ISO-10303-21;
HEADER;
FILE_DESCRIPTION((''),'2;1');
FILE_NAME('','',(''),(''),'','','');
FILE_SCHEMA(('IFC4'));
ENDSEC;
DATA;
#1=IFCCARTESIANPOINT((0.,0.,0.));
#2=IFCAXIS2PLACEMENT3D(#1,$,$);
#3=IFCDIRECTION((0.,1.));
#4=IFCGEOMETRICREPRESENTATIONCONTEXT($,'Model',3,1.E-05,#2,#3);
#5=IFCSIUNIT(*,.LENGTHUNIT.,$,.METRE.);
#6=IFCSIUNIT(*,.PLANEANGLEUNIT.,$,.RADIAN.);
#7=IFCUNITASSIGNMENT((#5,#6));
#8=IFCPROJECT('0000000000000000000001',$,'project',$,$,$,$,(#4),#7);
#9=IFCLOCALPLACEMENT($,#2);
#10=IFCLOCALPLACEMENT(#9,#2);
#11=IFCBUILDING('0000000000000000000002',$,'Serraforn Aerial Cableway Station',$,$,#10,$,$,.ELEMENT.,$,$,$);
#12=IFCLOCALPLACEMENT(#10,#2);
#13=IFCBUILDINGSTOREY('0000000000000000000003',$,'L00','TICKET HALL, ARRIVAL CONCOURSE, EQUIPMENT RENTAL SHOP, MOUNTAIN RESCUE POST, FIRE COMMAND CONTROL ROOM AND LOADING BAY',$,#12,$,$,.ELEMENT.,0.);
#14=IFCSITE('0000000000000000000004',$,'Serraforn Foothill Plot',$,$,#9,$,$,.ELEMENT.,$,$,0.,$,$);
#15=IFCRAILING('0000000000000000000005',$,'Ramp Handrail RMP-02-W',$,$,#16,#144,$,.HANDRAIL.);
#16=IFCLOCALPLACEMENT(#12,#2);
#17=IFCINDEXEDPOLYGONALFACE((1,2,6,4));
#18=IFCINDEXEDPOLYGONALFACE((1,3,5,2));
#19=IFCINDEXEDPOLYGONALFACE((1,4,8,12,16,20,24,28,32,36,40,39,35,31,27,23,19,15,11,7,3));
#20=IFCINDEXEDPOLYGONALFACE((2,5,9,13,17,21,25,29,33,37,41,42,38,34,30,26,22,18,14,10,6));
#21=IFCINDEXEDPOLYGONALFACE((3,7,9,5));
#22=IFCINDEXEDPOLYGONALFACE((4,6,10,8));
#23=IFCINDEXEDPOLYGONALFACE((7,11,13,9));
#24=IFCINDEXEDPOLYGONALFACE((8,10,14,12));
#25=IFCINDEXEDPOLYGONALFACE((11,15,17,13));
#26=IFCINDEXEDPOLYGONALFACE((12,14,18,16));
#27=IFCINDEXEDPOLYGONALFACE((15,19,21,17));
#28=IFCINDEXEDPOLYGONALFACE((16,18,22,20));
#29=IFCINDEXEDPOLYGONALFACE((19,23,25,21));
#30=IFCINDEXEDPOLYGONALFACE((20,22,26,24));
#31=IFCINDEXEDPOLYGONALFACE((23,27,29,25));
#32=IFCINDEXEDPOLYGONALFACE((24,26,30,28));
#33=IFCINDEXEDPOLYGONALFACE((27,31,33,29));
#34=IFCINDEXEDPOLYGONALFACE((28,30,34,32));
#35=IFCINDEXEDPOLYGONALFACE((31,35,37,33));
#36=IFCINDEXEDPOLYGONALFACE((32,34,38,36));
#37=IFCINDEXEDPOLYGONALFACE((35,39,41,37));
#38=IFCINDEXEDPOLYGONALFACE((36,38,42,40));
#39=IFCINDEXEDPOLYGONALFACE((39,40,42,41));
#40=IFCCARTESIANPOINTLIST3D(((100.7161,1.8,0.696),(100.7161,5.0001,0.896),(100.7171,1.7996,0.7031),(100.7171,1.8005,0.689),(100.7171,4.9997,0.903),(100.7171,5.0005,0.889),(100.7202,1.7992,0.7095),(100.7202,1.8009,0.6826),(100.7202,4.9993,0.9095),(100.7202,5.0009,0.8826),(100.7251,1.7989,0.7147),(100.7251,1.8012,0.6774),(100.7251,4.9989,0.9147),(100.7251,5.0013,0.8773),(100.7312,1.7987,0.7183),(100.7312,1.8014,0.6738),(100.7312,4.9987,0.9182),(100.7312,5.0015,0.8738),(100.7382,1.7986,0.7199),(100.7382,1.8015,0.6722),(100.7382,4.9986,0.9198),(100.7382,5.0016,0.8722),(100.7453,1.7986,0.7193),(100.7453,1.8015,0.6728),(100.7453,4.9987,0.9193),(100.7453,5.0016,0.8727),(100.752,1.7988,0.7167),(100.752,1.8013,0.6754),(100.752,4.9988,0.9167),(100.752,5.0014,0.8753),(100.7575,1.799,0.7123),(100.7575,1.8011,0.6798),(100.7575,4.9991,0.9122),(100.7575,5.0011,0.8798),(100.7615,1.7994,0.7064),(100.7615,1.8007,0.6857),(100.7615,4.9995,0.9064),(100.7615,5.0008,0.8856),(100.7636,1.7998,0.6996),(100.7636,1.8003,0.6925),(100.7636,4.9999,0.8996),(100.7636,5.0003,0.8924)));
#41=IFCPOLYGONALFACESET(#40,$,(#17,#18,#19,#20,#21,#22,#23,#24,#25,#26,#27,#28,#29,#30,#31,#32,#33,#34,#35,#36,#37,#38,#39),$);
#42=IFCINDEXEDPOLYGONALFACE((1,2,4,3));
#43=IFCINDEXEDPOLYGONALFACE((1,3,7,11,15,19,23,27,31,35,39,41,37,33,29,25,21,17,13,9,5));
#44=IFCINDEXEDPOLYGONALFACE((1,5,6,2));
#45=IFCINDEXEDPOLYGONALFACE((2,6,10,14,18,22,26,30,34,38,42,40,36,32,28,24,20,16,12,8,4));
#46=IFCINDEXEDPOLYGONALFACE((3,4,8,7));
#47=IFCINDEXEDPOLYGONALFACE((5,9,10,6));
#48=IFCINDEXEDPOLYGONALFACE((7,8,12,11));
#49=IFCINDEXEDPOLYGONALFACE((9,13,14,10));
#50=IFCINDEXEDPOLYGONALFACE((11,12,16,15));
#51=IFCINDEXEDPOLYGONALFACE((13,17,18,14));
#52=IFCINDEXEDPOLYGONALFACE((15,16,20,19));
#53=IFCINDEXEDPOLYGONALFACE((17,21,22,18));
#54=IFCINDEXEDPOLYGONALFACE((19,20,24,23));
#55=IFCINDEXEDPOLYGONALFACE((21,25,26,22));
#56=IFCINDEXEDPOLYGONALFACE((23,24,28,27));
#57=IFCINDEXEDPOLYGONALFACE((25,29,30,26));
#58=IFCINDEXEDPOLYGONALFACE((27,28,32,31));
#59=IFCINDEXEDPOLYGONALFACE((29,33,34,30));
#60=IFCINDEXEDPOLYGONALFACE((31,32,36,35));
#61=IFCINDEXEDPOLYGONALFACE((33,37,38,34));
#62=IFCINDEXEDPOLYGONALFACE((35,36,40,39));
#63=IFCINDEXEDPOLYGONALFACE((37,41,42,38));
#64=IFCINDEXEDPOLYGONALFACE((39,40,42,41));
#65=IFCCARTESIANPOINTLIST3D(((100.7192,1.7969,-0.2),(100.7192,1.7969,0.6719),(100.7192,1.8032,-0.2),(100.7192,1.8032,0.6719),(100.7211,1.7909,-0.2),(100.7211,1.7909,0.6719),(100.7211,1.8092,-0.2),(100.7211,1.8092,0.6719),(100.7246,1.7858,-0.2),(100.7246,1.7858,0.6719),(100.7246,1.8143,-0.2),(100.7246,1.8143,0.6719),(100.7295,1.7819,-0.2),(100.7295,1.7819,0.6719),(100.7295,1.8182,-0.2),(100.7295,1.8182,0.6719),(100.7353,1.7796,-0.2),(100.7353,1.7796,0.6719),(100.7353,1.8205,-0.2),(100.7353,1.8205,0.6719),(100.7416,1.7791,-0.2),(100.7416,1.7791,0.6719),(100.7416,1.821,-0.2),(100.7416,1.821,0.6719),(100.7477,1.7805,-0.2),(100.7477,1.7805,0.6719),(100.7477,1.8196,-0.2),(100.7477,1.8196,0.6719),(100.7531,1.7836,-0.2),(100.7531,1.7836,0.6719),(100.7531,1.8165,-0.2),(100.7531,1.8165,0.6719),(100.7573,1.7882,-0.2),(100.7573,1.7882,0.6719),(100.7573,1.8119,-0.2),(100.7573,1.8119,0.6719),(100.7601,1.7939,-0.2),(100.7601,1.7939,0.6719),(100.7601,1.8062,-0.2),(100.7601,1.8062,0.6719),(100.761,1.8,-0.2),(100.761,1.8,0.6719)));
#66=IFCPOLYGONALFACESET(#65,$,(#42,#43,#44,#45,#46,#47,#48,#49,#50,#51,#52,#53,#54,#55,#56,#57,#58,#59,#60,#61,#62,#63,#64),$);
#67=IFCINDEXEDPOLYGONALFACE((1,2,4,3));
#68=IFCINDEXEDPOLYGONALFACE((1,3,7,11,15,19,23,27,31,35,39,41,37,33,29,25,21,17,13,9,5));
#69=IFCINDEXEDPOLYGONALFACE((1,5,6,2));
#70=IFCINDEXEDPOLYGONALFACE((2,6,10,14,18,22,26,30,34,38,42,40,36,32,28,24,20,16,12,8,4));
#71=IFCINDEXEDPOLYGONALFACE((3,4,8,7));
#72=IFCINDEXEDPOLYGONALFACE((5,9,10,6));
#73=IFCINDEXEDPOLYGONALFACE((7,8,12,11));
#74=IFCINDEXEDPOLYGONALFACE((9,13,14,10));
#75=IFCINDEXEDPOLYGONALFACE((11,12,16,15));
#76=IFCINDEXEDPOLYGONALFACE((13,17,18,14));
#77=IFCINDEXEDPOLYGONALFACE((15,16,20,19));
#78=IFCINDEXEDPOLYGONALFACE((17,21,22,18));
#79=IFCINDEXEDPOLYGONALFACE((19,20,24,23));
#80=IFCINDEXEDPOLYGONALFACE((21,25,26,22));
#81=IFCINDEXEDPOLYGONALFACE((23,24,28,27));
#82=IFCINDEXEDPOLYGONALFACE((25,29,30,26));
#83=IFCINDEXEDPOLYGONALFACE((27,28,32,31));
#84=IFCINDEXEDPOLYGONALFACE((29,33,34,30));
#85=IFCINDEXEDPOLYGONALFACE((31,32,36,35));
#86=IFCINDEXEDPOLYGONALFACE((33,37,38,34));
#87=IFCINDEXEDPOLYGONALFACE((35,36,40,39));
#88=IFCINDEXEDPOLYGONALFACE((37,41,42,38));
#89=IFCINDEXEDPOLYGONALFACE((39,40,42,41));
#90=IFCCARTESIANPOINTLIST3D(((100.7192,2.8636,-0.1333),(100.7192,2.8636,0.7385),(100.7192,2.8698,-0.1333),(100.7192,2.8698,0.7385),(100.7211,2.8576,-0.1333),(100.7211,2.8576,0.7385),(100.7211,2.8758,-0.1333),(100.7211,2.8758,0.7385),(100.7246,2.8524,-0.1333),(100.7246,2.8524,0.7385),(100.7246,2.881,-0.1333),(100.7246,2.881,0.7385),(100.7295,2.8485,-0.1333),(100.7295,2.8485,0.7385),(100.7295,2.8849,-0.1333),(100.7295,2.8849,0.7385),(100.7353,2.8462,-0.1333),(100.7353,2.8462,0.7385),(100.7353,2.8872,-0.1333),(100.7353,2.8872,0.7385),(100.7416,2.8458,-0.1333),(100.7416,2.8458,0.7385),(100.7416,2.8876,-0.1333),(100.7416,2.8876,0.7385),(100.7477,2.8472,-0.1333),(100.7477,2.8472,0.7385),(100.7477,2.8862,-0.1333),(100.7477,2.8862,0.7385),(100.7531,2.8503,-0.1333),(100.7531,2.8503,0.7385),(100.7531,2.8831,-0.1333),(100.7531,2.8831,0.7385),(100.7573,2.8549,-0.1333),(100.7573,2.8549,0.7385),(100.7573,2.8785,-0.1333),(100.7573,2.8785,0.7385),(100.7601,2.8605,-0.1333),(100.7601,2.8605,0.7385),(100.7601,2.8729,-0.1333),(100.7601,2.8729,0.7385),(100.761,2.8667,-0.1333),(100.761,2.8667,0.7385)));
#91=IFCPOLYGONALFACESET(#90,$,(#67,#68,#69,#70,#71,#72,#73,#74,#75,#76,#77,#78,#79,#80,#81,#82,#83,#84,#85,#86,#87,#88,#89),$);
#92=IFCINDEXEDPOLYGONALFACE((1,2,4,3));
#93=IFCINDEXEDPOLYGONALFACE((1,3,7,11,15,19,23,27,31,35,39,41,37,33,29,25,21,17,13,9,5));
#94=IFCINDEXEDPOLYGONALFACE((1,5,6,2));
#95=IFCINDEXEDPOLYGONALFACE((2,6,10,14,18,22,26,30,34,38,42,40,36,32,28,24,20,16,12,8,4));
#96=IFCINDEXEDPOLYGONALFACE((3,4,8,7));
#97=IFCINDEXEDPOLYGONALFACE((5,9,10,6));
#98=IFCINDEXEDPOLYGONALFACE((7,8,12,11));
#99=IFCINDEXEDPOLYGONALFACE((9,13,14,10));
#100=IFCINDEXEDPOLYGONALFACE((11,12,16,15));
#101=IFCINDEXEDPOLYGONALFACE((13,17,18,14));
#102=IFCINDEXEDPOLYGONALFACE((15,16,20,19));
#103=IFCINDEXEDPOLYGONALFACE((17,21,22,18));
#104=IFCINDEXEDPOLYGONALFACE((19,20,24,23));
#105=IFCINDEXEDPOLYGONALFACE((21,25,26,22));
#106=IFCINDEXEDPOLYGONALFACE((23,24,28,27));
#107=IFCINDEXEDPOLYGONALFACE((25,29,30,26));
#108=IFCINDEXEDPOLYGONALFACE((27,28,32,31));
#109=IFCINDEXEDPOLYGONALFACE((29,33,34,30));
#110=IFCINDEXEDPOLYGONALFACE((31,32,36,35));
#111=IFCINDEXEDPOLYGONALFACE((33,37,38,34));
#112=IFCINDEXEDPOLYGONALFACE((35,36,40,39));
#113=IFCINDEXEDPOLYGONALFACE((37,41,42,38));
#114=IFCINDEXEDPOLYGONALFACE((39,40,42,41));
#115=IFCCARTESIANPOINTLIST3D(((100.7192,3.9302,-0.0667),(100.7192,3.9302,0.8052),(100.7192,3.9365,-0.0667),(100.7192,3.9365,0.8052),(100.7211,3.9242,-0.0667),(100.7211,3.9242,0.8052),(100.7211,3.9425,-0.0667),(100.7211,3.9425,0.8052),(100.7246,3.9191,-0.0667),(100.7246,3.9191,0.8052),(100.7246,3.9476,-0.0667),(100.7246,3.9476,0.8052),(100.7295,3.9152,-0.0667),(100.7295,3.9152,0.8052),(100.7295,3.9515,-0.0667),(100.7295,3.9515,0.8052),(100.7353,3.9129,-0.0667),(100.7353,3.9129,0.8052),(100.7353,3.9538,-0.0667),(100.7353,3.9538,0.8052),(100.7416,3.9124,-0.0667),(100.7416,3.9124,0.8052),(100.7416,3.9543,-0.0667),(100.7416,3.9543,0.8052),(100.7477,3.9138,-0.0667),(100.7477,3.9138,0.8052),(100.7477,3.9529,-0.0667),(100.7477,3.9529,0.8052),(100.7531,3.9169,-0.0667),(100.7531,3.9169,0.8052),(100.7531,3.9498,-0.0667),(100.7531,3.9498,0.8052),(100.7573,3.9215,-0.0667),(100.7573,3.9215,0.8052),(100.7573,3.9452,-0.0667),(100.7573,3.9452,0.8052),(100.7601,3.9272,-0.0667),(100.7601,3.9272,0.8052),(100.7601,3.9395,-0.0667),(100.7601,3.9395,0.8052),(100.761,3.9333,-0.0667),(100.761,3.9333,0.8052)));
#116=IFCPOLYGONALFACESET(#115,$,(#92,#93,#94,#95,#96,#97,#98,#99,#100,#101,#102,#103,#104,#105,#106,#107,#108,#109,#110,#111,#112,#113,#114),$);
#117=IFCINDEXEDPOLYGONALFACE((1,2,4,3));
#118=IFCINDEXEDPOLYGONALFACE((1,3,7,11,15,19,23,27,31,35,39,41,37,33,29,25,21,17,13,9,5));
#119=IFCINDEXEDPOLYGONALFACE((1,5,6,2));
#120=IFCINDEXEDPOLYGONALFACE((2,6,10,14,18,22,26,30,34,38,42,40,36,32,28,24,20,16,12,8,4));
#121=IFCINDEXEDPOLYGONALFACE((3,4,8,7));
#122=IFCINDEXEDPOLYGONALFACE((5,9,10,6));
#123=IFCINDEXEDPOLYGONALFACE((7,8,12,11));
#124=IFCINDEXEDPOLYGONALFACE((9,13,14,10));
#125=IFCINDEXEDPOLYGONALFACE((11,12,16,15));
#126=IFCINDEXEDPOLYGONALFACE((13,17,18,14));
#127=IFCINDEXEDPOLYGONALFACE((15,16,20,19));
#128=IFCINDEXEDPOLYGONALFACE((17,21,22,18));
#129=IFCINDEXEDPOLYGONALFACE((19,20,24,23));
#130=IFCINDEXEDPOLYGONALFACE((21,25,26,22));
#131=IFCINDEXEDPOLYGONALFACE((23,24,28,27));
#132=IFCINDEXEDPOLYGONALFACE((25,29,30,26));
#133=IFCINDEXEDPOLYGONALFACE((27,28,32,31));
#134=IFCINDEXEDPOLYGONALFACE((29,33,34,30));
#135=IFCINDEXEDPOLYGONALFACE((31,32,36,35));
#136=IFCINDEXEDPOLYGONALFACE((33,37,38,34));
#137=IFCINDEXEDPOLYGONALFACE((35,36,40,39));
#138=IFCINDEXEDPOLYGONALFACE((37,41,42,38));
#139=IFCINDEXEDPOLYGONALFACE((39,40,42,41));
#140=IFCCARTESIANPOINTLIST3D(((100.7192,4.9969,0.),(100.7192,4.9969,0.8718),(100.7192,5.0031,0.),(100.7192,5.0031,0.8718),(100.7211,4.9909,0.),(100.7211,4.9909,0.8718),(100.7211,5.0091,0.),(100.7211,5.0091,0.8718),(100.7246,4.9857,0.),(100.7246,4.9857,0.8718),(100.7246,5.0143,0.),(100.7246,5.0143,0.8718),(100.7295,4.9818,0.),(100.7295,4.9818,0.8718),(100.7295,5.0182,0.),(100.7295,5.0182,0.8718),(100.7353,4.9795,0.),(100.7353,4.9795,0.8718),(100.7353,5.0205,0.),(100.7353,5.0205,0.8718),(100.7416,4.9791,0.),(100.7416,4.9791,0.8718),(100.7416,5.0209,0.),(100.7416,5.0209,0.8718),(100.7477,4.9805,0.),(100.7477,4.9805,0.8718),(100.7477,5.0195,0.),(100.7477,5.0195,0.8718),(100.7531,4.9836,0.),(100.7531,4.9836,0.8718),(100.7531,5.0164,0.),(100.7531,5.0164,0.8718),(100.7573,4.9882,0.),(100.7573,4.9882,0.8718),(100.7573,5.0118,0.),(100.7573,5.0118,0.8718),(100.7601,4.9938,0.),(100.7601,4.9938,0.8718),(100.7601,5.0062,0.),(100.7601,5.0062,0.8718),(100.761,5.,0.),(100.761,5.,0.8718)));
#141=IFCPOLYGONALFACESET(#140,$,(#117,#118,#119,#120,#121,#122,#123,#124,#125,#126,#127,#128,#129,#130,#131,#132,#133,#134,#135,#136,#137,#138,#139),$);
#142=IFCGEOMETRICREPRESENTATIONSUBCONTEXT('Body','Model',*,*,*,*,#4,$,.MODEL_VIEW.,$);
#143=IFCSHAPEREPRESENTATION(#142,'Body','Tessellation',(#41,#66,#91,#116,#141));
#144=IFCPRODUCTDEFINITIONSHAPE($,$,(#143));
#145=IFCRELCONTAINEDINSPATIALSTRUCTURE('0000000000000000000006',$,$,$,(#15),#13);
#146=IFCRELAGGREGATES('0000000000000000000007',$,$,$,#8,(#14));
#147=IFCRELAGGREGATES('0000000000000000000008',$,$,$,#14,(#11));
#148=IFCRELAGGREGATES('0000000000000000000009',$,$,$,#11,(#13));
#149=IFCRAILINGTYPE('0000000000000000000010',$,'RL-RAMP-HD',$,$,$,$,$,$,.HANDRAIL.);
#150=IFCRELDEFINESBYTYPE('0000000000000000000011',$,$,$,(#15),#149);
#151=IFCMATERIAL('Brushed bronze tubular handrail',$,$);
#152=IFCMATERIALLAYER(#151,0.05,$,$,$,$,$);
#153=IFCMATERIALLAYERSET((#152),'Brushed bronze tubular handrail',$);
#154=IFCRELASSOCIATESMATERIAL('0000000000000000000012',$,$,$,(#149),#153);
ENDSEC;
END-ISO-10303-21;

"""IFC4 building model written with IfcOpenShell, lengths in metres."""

from ifc_helpers import new_model, si_unit, direction, frame, origin, origin_2d, place, context, subcontext, project, spatial, circle, extrude, material, layer, layer_set, type_object, element, save


model = new_model("IFC4")

# Units and contexts
model_context = context("Model", 3, precision=1e-05, world=origin(), true_north=direction((0.0, 1.0)))
body_context = subcontext(model_context, "Body", "Model", "MODEL_VIEW")
ifc_project = project(units=[si_unit("LENGTHUNIT", "METRE"), si_unit("PLANEANGLEUNIT", "RADIAN")], contexts=[model_context])

# Site, building, storey
site_placement = place(None, origin())
site = spatial("IfcSite", under=ifc_project, at=site_placement, Name="Serraforn Foothill Plot", CompositionType="ELEMENT", RefElevation=0.0)
building_placement = place(site_placement, origin())
building = spatial("IfcBuilding", under=site, at=building_placement, Name="Serraforn Aerial Cableway Station", CompositionType="ELEMENT")
storey_placement = place(building_placement, origin())
storey = spatial("IfcBuildingStorey", under=building, at=storey_placement, Name="L00", Description="TICKET HALL, ARRIVAL CONCOURSE, EQUIPMENT RENTAL SHOP, MOUNTAIN RESCUE POST, FIRE COMMAND CONTROL ROOM AND LOADING BAY", CompositionType="ELEMENT", Elevation=0.0)

# Railing
ifc_material_1 = material(Name="Brushed bronze tubular handrail")
ifc_layer = layer(ifc_material_1, 0.05)
ifc_layer_set = layer_set([ifc_layer], Name="Brushed bronze tubular handrail")
railing_type = type_object("IfcRailingType", Name="RL-RAMP-HD", PredefinedType="HANDRAIL", material=ifc_layer_set)
for number, where, name in (
    (1, (100.74, 1.8, -0.2), "Ramp Handrail RMP-02-W"),
):
    element("IfcRailing", number, at=place(storey_placement, frame(where)), inside=storey, type_object=railing_type, Name=name, PredefinedType="HANDRAIL", context=body_context, shape_type="SweptSolid", body=[
        extrude(circle(Radius=0.0239, at=origin_2d()), frame((0.0, 0.0, 0.896), z_axis=(0.0, 0.998053, 0.062364), x_axis=(-1.0, 0.0, 0.0)), (0.0, 0.0, 1.0), 3.2063),
        extrude(circle(Radius=0.021, at=origin_2d()), origin(), (0.0, 0.0, 1.0), 0.8718),
        extrude(circle(Radius=0.021, at=origin_2d()), frame((0.0, 1.0667, 0.0667)), (0.0, 0.0, 1.0), 0.8718),
        extrude(circle(Radius=0.021, at=origin_2d()), frame((0.0, 2.1333, 0.1333)), (0.0, 0.0, 1.0), 0.8718),
        extrude(circle(Radius=0.021, at=origin_2d()), frame((0.0, 3.2, 0.2)), (0.0, 0.0, 1.0), 0.8718),
    ])

save(model, "model.ifc")
